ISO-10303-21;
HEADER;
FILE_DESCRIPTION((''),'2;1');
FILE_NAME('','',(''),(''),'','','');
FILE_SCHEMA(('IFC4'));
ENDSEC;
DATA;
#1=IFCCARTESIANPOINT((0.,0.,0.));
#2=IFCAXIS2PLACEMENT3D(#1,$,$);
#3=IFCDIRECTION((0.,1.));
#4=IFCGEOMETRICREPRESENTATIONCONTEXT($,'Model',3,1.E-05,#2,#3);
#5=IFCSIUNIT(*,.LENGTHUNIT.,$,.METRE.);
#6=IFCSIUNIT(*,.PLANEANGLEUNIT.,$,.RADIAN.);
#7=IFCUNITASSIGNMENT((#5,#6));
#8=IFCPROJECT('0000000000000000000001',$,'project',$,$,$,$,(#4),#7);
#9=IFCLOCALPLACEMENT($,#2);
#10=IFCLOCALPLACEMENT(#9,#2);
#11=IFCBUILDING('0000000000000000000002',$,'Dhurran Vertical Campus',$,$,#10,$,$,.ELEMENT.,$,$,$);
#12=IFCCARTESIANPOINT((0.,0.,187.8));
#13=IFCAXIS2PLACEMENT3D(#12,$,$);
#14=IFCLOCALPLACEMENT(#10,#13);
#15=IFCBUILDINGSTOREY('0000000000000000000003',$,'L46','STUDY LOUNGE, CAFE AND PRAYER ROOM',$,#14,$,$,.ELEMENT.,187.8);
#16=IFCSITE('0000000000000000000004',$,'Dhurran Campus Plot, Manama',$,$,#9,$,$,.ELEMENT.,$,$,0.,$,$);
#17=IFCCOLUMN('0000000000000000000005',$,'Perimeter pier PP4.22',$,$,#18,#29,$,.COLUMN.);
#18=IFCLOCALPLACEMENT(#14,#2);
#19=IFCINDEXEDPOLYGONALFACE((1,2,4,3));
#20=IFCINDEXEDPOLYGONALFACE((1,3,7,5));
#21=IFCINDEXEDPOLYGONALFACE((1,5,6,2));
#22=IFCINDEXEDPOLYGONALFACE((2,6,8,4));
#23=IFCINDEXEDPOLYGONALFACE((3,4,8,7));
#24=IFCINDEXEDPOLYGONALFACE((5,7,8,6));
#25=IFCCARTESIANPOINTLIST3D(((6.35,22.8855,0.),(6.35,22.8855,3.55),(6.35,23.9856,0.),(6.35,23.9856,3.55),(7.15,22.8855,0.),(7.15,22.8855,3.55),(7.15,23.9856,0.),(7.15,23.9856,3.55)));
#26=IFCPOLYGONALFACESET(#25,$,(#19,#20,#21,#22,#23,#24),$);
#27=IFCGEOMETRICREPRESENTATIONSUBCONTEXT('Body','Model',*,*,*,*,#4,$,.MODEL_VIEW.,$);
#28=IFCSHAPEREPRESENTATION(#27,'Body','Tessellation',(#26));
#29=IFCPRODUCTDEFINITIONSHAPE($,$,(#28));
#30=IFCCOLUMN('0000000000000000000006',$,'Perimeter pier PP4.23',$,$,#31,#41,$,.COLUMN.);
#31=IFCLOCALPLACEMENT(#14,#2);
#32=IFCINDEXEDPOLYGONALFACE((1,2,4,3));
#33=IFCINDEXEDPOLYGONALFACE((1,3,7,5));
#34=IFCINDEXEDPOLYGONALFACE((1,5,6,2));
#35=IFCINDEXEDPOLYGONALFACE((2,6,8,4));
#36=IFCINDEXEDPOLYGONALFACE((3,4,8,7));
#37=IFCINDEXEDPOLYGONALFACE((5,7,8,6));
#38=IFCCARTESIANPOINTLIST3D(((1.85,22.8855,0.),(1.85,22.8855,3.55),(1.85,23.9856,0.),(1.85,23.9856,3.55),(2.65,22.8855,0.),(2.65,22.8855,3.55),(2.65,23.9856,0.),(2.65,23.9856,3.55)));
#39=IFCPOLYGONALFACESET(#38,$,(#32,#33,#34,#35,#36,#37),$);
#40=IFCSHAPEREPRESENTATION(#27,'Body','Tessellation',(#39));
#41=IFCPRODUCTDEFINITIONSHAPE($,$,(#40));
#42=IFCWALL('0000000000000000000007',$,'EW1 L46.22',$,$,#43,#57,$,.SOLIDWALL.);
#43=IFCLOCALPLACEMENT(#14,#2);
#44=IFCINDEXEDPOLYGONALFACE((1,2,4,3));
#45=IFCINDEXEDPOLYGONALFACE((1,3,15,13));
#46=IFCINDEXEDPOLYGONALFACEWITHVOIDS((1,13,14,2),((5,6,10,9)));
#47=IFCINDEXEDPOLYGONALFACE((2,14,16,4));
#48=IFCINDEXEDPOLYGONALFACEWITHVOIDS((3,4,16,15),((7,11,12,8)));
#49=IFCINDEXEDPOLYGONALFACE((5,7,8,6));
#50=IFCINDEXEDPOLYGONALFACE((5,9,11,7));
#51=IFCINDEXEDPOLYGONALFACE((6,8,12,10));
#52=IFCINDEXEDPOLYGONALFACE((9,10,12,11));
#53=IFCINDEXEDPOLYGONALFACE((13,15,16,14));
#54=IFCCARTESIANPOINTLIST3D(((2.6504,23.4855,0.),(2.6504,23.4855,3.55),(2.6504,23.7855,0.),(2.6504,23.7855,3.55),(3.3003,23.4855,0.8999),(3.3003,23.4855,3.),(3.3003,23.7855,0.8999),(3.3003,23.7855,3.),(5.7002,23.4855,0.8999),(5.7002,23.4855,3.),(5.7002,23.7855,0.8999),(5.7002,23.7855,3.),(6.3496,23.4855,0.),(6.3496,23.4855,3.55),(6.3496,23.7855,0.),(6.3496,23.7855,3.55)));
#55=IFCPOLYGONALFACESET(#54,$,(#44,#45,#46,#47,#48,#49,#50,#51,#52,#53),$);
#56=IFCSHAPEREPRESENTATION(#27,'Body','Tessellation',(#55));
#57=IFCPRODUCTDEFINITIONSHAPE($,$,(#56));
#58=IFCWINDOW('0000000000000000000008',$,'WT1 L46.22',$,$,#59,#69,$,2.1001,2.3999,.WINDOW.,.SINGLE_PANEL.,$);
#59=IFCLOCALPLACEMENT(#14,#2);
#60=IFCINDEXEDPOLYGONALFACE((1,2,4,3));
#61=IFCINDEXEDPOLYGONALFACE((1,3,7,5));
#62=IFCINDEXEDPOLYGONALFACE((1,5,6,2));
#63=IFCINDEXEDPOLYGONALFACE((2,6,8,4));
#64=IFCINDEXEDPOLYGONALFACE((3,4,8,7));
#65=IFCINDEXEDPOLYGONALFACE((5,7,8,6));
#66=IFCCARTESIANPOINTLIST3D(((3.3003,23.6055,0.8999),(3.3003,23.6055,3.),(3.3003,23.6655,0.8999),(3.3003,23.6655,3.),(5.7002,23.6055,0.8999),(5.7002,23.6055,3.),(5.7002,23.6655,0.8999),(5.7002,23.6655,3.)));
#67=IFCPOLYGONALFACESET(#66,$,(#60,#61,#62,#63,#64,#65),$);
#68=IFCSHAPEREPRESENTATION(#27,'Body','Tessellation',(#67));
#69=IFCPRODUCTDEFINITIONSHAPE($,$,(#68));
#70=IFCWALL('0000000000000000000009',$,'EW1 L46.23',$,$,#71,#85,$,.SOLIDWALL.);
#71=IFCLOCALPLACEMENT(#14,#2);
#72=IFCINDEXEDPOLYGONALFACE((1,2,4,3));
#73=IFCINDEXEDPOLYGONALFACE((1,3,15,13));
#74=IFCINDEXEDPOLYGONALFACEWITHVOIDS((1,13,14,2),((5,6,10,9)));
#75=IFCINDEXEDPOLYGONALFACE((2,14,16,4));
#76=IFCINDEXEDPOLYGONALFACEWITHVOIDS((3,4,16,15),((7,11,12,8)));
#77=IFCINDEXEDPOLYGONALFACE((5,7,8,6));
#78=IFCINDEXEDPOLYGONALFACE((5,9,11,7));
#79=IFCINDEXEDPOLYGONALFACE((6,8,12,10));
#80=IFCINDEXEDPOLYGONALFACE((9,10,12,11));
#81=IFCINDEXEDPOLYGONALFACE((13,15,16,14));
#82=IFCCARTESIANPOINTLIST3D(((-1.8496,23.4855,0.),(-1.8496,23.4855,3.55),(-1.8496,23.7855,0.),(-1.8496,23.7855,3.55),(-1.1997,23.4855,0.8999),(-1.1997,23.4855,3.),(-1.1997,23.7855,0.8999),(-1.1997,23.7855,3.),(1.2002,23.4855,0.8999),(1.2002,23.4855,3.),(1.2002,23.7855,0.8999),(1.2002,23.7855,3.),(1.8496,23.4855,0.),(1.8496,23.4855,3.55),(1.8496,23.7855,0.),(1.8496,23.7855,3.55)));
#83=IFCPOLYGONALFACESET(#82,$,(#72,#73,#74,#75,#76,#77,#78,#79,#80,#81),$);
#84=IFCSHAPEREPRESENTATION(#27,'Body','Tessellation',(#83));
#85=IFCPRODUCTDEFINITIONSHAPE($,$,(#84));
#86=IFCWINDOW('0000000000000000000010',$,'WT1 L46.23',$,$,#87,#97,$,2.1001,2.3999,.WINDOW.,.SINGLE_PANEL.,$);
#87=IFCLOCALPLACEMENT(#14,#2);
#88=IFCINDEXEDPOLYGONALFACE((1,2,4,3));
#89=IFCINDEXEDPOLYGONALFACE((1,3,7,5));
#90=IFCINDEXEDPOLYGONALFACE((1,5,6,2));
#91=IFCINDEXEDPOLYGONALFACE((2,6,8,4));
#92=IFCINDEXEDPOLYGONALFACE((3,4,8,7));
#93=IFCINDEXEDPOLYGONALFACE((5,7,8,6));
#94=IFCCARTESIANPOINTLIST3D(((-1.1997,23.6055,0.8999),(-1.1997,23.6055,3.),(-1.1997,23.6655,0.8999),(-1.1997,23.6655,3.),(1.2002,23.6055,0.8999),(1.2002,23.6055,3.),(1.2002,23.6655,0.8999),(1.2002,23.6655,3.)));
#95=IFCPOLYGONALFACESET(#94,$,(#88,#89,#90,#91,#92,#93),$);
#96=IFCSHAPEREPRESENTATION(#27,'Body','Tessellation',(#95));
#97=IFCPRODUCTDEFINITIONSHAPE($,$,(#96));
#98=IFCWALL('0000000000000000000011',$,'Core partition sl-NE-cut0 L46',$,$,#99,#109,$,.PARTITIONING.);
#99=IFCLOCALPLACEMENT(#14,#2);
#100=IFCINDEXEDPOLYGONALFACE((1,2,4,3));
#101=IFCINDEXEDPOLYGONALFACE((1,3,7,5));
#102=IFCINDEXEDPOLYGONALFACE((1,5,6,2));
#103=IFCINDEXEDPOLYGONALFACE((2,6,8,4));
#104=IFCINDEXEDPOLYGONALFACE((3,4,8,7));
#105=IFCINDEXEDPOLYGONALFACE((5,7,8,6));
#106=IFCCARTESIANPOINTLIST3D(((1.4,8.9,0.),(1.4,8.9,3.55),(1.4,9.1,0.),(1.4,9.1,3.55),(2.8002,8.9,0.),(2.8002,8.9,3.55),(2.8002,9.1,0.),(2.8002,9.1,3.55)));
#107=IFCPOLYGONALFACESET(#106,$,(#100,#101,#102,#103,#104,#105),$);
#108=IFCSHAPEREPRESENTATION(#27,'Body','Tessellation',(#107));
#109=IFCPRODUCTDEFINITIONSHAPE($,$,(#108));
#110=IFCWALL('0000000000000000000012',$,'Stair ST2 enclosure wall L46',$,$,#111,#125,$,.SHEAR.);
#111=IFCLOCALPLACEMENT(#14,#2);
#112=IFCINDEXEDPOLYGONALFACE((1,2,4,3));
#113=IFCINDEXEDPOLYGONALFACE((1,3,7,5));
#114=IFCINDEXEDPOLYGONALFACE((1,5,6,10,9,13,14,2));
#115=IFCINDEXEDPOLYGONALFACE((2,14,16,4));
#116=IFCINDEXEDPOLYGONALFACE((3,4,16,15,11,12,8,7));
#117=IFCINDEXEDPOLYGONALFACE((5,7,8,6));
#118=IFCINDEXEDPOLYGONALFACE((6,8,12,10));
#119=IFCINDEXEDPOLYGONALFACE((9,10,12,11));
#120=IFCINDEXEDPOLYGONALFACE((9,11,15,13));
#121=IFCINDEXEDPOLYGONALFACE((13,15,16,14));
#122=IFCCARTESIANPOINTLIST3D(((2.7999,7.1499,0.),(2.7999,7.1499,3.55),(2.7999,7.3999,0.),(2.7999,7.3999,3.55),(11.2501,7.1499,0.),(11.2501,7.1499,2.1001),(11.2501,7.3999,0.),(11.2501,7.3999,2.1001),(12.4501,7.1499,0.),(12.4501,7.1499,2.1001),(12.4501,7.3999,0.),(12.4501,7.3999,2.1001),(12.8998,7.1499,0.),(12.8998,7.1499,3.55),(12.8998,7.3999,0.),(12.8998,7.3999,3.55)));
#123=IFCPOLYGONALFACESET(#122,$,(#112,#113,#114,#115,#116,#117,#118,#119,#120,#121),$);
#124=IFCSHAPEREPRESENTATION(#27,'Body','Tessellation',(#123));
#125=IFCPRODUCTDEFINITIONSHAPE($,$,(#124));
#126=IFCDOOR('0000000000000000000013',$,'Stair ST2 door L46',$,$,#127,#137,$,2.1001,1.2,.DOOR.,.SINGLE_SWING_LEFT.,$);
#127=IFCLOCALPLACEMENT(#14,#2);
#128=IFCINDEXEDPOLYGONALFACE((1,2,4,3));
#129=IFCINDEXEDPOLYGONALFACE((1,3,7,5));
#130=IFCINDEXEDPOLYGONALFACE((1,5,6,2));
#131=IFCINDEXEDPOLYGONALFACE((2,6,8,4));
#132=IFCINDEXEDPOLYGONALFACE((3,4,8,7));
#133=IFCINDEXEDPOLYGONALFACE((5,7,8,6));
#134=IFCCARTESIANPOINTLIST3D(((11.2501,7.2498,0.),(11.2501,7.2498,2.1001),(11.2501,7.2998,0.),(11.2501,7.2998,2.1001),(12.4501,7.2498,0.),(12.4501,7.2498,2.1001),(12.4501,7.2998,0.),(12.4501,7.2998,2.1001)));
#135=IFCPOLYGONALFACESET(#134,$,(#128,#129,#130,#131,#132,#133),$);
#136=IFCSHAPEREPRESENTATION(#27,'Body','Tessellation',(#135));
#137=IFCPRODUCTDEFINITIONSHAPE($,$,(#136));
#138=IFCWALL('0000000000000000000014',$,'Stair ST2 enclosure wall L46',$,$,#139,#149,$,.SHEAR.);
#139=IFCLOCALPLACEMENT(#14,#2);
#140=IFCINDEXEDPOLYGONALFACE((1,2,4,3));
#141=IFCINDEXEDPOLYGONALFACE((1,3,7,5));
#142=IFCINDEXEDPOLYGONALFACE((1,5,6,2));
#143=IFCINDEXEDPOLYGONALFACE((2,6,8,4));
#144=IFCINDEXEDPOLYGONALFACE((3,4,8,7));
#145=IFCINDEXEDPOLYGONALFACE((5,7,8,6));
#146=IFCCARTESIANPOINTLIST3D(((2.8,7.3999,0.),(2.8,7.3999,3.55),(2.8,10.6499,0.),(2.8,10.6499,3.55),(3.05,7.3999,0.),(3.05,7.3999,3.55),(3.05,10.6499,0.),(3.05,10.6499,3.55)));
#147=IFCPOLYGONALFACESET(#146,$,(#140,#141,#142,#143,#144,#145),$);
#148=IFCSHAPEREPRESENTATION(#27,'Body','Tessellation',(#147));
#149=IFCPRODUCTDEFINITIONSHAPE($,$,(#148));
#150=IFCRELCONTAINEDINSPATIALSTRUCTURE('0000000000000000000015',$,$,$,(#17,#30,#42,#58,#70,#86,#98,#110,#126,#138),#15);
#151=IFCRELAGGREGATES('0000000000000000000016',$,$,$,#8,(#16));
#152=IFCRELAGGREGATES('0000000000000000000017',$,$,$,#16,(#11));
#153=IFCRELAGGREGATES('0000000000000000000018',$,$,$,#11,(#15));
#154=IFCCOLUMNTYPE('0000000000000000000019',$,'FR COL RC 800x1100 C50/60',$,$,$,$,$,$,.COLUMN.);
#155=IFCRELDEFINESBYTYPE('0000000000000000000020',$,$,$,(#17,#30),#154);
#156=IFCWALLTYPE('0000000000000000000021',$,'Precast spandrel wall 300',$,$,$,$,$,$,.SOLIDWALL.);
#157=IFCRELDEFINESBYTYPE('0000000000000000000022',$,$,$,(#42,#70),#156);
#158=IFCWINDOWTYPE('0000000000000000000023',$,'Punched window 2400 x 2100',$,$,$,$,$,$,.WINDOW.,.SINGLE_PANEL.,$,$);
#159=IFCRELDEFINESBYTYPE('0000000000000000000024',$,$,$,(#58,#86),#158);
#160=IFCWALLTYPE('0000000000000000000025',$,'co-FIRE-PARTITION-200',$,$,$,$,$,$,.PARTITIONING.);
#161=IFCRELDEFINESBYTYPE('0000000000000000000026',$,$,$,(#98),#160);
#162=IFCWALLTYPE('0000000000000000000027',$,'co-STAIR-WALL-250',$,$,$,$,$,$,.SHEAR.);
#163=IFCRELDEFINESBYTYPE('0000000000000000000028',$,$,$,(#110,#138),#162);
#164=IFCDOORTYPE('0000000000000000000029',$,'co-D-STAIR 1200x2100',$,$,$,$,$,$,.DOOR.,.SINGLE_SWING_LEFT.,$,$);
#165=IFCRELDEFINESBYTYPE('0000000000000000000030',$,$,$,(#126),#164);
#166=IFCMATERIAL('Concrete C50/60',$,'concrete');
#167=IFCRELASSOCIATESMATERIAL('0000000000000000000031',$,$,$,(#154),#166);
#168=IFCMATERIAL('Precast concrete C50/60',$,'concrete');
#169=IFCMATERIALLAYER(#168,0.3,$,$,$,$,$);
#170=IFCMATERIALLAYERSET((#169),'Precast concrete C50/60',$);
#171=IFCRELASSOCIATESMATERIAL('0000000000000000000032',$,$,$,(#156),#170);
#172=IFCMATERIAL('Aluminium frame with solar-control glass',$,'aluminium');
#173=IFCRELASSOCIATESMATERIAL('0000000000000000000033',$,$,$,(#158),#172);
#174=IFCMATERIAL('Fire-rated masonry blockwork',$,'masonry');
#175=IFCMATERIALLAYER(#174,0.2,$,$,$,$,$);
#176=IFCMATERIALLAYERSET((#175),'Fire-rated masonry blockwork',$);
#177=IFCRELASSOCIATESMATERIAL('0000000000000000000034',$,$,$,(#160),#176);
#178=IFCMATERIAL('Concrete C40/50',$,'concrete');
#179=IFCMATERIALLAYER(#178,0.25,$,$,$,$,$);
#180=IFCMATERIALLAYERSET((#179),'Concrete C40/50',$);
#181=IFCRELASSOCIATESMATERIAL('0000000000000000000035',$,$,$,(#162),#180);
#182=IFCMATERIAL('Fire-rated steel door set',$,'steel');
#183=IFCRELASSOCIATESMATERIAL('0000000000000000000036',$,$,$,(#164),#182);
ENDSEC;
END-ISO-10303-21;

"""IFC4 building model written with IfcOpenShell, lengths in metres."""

from ifc_helpers import new_model, si_unit, direction, frame, frame_2d, origin, origin_2d, place, context, subcontext, project, spatial, rectangle, extrude, material, layer, layer_set, material_profile, profile_set, type_object, element, fill, save


model = new_model("IFC4")

# Units and contexts
model_context = context("Model", 3, precision=1e-05, world=origin(), true_north=direction((0.0, 1.0)))
body_context = subcontext(model_context, "Body", "Model", "MODEL_VIEW")
ifc_project = project(units=[si_unit("LENGTHUNIT", "METRE"), si_unit("PLANEANGLEUNIT", "RADIAN")], contexts=[model_context])

# Site, building, storey
site_placement = place(None, origin())
site = spatial("IfcSite", under=ifc_project, at=site_placement, Name="Dhurran Campus Plot, Manama", CompositionType="ELEMENT", RefElevation=0.0)
building_placement = place(site_placement, origin())
building = spatial("IfcBuilding", under=site, at=building_placement, Name="Dhurran Vertical Campus", CompositionType="ELEMENT")
storey_placement = place(building_placement, frame((0.0, 0.0, 187.8)))
storey = spatial("IfcBuildingStorey", under=building, at=storey_placement, Name="L46", Description="STUDY LOUNGE, CAFE AND PRAYER ROOM", CompositionType="ELEMENT", Elevation=187.8)

# Columns
ifc_material_1 = material(Name="Concrete C50/60", Category="concrete")
ifc_material_profile = material_profile(ifc_material_1, rectangle(XDim=0.8, YDim=1.1001, at=origin_2d()), Name="RC 800x1100")
ifc_profile_set = profile_set([ifc_material_profile], Name="Concrete C50/60")
column_type = type_object("IfcColumnType", Name="FR COL RC 800x1100 C50/60", PredefinedType="COLUMN", material=ifc_profile_set)
for number, where, z_axis, x_axis, name in (
    (1, (6.75, 23.4355, 0.0), (0.0, 0.0, 1.0), (-1.0, 0.0, 0.0), "Perimeter pier PP4.22"),
    (2, (2.25, 23.4355, 0.0), (0.0, 0.0, 1.0), (-1.0, 0.0, 0.0), "Perimeter pier PP4.23"),
):
    element("IfcColumn", number, at=place(storey_placement, frame(where, z_axis=z_axis, x_axis=x_axis)), inside=storey, type_object=column_type, Name=name, PredefinedType="COLUMN", context=body_context, shape_type="SweptSolid", body=[
        extrude(rectangle(XDim=0.8, YDim=1.1001, at=origin_2d()), origin(), (0.0, 0.0, 1.0), 3.55),
    ])

# Walls, openings, windows
ifc_material_2 = material(Name="Precast concrete C50/60", Category="concrete")
ifc_layer_1 = layer(ifc_material_2, 0.3)
ifc_layer_set_1 = layer_set([ifc_layer_1], Name="Precast concrete C50/60")
wall_type_1 = type_object("IfcWallType", Name="Precast spandrel wall 300", PredefinedType="SOLIDWALL", material=ifc_layer_set_1)
wall_1_placement = place(storey_placement, frame((6.3496, 23.6355, 0.0), z_axis=(0.0, 0.0, 1.0), x_axis=(-1.0, 0.0, 0.0)))
wall_1 = element("IfcWall", 3, at=wall_1_placement, inside=storey, type_object=wall_type_1, Name="EW1 L46.22", PredefinedType="SOLIDWALL", context=body_context, shape_type="SweptSolid", body=[
    extrude(rectangle(XDim=3.6992, YDim=0.3, at=frame_2d((1.8496, 0.0))), origin(), (0.0, 0.0, 1.0), 3.55),
])
opening_1_placement = place(wall_1_placement, frame((0.6494, 0.0, 0.8999)))
opening_1 = element("IfcOpeningElement", 4, at=opening_1_placement, cuts=wall_1, PredefinedType="OPENING", context=body_context, shape_type="SweptSolid", body=[
    extrude(rectangle(XDim=2.3999, YDim=2.1001, at=frame_2d((1.2, 1.05))), frame((0.0, 0.1599, 0.0), z_axis=(0.0, -1.0, 0.0), x_axis=(1.0, 0.0, 0.0)), (0.0, 0.0, 1.0), 0.3201),
])
ifc_material_3 = material(Name="Aluminium frame with solar-control glass", Category="aluminium")
window_type = type_object("IfcWindowType", Name="Punched window 2400 x 2100", PartitioningType="SINGLE_PANEL", PredefinedType="WINDOW", material=ifc_material_3)
window_1_placement = place(opening_1_placement, origin())
window_1 = element("IfcWindow", 5, at=window_1_placement, inside=storey, type_object=window_type, Name="WT1 L46.22", OverallHeight=2.1001, OverallWidth=2.3999, PartitioningType="SINGLE_PANEL", PredefinedType="WINDOW", context=body_context, shape_type="SweptSolid", body=[
    extrude(rectangle(XDim=2.3999, YDim=2.1001, at=frame_2d((1.2, 1.05))), frame((0.0, 0.03, 0.0), z_axis=(0.0, -1.0, 0.0), x_axis=(1.0, 0.0, 0.0)), (0.0, 0.0, 1.0), 0.0601),
])
fill(opening_1, window_1)
wall_2_placement = place(storey_placement, frame((1.8496, 23.6355, 0.0), z_axis=(0.0, 0.0, 1.0), x_axis=(-1.0, 0.0, 0.0)))
wall_2 = element("IfcWall", 6, at=wall_2_placement, inside=storey, type_object=wall_type_1, Name="EW1 L46.23", PredefinedType="SOLIDWALL", context=body_context, shape_type="SweptSolid", body=[
    extrude(rectangle(XDim=3.6992, YDim=0.3, at=frame_2d((1.8496, 0.0))), origin(), (0.0, 0.0, 1.0), 3.55),
])
opening_2_placement = place(wall_2_placement, frame((0.6494, 0.0, 0.8999)))
opening_2 = element("IfcOpeningElement", 7, at=opening_2_placement, cuts=wall_2, PredefinedType="OPENING", context=body_context, shape_type="SweptSolid", body=[
    extrude(rectangle(XDim=2.3999, YDim=2.1001, at=frame_2d((1.2, 1.05))), frame((0.0, 0.1599, 0.0), z_axis=(0.0, -1.0, 0.0), x_axis=(1.0, 0.0, 0.0)), (0.0, 0.0, 1.0), 0.3201),
])
window_2_placement = place(opening_2_placement, origin())
window_2 = element("IfcWindow", 8, at=window_2_placement, inside=storey, type_object=window_type, Name="WT1 L46.23", OverallHeight=2.1001, OverallWidth=2.3999, PartitioningType="SINGLE_PANEL", PredefinedType="WINDOW", context=body_context, shape_type="SweptSolid", body=[
    extrude(rectangle(XDim=2.3999, YDim=2.1001, at=frame_2d((1.2, 1.05))), frame((0.0, 0.03, 0.0), z_axis=(0.0, -1.0, 0.0), x_axis=(1.0, 0.0, 0.0)), (0.0, 0.0, 1.0), 0.0601),
])
fill(opening_2, window_2)

# Wall
ifc_material_4 = material(Name="Fire-rated masonry blockwork", Category="masonry")
ifc_layer_2 = layer(ifc_material_4, 0.2)
ifc_layer_set_2 = layer_set([ifc_layer_2], Name="Fire-rated masonry blockwork")
wall_type_2 = type_object("IfcWallType", Name="co-FIRE-PARTITION-200", PredefinedType="PARTITIONING", material=ifc_layer_set_2)
wall_3_placement = place(storey_placement, frame((1.3999, 9.0, 0.0), z_axis=(0.0, 0.0, 1.0), x_axis=(1.0, 0.0, 0.0)))
element("IfcWall", 9, at=wall_3_placement, inside=storey, type_object=wall_type_2, Name="Core partition sl-NE-cut0 L46", PredefinedType="PARTITIONING", context=body_context, shape_type="SweptSolid", body=[
    extrude(rectangle(XDim=1.4001, YDim=0.2, at=frame_2d((0.7002, 0.0))), origin(), (0.0, 0.0, 1.0), 3.55),
])

# Wall, opening, door
ifc_material_5 = material(Name="Concrete C40/50", Category="concrete")
ifc_layer_3 = layer(ifc_material_5, 0.25)
ifc_layer_set_3 = layer_set([ifc_layer_3], Name="Concrete C40/50")
wall_type_3 = type_object("IfcWallType", Name="co-STAIR-WALL-250", PredefinedType="SHEAR", material=ifc_layer_set_3)
wall_4_placement = place(storey_placement, frame((2.8, 7.2749, 0.0), z_axis=(0.0, 0.0, 1.0), x_axis=(1.0, 0.0, 0.0)))
wall_4 = element("IfcWall", 10, at=wall_4_placement, inside=storey, type_object=wall_type_3, Name="Stair ST2 enclosure wall L46", PredefinedType="SHEAR", context=body_context, shape_type="SweptSolid", body=[
    extrude(rectangle(XDim=10.0999, YDim=0.25, at=frame_2d((5.0498, 0.0))), origin(), (0.0, 0.0, 1.0), 3.55),
])
opening_3_placement = place(wall_4_placement, frame((8.45, 0.0, 0.0)))
opening_3 = element("IfcOpeningElement", 11, at=opening_3_placement, cuts=wall_4, PredefinedType="OPENING", context=body_context, shape_type="SweptSolid", body=[
    extrude(rectangle(XDim=1.2, YDim=2.1001, at=frame_2d((0.6001, 1.05))), frame((0.0, 0.135, 0.0), z_axis=(0.0, -1.0, 0.0), x_axis=(1.0, 0.0, 0.0)), (0.0, 0.0, 1.0), 0.27),
])
ifc_material_6 = material(Name="Fire-rated steel door set", Category="steel")
door_type_1 = type_object("IfcDoorType", Name="co-D-STAIR 1200x2100", OperationType="SINGLE_SWING_LEFT", PredefinedType="DOOR", material=ifc_material_6)
door_1_placement = place(opening_3_placement, origin())
door_1 = element("IfcDoor", 12, at=door_1_placement, inside=storey, type_object=door_type_1, Name="Stair ST2 door L46", OperationType="SINGLE_SWING_LEFT", OverallHeight=2.1001, OverallWidth=1.2, PredefinedType="DOOR", context=body_context, shape_type="SweptSolid", body=[
    extrude(rectangle(XDim=1.2, YDim=2.1001, at=frame_2d((0.6001, 1.05))), frame((0.0, 0.0249, 0.0), z_axis=(0.0, -1.0, 0.0), x_axis=(1.0, 0.0, 0.0)), (0.0, 0.0, 1.0), 0.05),
])
fill(opening_3, door_1)

# Wall
wall_5_placement = place(storey_placement, frame((2.925, 7.3999, 0.0), z_axis=(0.0, 0.0, 1.0), x_axis=(0.0, 1.0, 0.0)))
element("IfcWall", 13, at=wall_5_placement, inside=storey, type_object=wall_type_3, Name="Stair ST2 enclosure wall L46", PredefinedType="SHEAR", context=body_context, shape_type="SweptSolid", body=[
    extrude(rectangle(XDim=3.25, YDim=0.25, at=frame_2d((1.625, 0.0))), origin(), (0.0, 0.0, 1.0), 3.55),
])

save(model, "model.ifc")
